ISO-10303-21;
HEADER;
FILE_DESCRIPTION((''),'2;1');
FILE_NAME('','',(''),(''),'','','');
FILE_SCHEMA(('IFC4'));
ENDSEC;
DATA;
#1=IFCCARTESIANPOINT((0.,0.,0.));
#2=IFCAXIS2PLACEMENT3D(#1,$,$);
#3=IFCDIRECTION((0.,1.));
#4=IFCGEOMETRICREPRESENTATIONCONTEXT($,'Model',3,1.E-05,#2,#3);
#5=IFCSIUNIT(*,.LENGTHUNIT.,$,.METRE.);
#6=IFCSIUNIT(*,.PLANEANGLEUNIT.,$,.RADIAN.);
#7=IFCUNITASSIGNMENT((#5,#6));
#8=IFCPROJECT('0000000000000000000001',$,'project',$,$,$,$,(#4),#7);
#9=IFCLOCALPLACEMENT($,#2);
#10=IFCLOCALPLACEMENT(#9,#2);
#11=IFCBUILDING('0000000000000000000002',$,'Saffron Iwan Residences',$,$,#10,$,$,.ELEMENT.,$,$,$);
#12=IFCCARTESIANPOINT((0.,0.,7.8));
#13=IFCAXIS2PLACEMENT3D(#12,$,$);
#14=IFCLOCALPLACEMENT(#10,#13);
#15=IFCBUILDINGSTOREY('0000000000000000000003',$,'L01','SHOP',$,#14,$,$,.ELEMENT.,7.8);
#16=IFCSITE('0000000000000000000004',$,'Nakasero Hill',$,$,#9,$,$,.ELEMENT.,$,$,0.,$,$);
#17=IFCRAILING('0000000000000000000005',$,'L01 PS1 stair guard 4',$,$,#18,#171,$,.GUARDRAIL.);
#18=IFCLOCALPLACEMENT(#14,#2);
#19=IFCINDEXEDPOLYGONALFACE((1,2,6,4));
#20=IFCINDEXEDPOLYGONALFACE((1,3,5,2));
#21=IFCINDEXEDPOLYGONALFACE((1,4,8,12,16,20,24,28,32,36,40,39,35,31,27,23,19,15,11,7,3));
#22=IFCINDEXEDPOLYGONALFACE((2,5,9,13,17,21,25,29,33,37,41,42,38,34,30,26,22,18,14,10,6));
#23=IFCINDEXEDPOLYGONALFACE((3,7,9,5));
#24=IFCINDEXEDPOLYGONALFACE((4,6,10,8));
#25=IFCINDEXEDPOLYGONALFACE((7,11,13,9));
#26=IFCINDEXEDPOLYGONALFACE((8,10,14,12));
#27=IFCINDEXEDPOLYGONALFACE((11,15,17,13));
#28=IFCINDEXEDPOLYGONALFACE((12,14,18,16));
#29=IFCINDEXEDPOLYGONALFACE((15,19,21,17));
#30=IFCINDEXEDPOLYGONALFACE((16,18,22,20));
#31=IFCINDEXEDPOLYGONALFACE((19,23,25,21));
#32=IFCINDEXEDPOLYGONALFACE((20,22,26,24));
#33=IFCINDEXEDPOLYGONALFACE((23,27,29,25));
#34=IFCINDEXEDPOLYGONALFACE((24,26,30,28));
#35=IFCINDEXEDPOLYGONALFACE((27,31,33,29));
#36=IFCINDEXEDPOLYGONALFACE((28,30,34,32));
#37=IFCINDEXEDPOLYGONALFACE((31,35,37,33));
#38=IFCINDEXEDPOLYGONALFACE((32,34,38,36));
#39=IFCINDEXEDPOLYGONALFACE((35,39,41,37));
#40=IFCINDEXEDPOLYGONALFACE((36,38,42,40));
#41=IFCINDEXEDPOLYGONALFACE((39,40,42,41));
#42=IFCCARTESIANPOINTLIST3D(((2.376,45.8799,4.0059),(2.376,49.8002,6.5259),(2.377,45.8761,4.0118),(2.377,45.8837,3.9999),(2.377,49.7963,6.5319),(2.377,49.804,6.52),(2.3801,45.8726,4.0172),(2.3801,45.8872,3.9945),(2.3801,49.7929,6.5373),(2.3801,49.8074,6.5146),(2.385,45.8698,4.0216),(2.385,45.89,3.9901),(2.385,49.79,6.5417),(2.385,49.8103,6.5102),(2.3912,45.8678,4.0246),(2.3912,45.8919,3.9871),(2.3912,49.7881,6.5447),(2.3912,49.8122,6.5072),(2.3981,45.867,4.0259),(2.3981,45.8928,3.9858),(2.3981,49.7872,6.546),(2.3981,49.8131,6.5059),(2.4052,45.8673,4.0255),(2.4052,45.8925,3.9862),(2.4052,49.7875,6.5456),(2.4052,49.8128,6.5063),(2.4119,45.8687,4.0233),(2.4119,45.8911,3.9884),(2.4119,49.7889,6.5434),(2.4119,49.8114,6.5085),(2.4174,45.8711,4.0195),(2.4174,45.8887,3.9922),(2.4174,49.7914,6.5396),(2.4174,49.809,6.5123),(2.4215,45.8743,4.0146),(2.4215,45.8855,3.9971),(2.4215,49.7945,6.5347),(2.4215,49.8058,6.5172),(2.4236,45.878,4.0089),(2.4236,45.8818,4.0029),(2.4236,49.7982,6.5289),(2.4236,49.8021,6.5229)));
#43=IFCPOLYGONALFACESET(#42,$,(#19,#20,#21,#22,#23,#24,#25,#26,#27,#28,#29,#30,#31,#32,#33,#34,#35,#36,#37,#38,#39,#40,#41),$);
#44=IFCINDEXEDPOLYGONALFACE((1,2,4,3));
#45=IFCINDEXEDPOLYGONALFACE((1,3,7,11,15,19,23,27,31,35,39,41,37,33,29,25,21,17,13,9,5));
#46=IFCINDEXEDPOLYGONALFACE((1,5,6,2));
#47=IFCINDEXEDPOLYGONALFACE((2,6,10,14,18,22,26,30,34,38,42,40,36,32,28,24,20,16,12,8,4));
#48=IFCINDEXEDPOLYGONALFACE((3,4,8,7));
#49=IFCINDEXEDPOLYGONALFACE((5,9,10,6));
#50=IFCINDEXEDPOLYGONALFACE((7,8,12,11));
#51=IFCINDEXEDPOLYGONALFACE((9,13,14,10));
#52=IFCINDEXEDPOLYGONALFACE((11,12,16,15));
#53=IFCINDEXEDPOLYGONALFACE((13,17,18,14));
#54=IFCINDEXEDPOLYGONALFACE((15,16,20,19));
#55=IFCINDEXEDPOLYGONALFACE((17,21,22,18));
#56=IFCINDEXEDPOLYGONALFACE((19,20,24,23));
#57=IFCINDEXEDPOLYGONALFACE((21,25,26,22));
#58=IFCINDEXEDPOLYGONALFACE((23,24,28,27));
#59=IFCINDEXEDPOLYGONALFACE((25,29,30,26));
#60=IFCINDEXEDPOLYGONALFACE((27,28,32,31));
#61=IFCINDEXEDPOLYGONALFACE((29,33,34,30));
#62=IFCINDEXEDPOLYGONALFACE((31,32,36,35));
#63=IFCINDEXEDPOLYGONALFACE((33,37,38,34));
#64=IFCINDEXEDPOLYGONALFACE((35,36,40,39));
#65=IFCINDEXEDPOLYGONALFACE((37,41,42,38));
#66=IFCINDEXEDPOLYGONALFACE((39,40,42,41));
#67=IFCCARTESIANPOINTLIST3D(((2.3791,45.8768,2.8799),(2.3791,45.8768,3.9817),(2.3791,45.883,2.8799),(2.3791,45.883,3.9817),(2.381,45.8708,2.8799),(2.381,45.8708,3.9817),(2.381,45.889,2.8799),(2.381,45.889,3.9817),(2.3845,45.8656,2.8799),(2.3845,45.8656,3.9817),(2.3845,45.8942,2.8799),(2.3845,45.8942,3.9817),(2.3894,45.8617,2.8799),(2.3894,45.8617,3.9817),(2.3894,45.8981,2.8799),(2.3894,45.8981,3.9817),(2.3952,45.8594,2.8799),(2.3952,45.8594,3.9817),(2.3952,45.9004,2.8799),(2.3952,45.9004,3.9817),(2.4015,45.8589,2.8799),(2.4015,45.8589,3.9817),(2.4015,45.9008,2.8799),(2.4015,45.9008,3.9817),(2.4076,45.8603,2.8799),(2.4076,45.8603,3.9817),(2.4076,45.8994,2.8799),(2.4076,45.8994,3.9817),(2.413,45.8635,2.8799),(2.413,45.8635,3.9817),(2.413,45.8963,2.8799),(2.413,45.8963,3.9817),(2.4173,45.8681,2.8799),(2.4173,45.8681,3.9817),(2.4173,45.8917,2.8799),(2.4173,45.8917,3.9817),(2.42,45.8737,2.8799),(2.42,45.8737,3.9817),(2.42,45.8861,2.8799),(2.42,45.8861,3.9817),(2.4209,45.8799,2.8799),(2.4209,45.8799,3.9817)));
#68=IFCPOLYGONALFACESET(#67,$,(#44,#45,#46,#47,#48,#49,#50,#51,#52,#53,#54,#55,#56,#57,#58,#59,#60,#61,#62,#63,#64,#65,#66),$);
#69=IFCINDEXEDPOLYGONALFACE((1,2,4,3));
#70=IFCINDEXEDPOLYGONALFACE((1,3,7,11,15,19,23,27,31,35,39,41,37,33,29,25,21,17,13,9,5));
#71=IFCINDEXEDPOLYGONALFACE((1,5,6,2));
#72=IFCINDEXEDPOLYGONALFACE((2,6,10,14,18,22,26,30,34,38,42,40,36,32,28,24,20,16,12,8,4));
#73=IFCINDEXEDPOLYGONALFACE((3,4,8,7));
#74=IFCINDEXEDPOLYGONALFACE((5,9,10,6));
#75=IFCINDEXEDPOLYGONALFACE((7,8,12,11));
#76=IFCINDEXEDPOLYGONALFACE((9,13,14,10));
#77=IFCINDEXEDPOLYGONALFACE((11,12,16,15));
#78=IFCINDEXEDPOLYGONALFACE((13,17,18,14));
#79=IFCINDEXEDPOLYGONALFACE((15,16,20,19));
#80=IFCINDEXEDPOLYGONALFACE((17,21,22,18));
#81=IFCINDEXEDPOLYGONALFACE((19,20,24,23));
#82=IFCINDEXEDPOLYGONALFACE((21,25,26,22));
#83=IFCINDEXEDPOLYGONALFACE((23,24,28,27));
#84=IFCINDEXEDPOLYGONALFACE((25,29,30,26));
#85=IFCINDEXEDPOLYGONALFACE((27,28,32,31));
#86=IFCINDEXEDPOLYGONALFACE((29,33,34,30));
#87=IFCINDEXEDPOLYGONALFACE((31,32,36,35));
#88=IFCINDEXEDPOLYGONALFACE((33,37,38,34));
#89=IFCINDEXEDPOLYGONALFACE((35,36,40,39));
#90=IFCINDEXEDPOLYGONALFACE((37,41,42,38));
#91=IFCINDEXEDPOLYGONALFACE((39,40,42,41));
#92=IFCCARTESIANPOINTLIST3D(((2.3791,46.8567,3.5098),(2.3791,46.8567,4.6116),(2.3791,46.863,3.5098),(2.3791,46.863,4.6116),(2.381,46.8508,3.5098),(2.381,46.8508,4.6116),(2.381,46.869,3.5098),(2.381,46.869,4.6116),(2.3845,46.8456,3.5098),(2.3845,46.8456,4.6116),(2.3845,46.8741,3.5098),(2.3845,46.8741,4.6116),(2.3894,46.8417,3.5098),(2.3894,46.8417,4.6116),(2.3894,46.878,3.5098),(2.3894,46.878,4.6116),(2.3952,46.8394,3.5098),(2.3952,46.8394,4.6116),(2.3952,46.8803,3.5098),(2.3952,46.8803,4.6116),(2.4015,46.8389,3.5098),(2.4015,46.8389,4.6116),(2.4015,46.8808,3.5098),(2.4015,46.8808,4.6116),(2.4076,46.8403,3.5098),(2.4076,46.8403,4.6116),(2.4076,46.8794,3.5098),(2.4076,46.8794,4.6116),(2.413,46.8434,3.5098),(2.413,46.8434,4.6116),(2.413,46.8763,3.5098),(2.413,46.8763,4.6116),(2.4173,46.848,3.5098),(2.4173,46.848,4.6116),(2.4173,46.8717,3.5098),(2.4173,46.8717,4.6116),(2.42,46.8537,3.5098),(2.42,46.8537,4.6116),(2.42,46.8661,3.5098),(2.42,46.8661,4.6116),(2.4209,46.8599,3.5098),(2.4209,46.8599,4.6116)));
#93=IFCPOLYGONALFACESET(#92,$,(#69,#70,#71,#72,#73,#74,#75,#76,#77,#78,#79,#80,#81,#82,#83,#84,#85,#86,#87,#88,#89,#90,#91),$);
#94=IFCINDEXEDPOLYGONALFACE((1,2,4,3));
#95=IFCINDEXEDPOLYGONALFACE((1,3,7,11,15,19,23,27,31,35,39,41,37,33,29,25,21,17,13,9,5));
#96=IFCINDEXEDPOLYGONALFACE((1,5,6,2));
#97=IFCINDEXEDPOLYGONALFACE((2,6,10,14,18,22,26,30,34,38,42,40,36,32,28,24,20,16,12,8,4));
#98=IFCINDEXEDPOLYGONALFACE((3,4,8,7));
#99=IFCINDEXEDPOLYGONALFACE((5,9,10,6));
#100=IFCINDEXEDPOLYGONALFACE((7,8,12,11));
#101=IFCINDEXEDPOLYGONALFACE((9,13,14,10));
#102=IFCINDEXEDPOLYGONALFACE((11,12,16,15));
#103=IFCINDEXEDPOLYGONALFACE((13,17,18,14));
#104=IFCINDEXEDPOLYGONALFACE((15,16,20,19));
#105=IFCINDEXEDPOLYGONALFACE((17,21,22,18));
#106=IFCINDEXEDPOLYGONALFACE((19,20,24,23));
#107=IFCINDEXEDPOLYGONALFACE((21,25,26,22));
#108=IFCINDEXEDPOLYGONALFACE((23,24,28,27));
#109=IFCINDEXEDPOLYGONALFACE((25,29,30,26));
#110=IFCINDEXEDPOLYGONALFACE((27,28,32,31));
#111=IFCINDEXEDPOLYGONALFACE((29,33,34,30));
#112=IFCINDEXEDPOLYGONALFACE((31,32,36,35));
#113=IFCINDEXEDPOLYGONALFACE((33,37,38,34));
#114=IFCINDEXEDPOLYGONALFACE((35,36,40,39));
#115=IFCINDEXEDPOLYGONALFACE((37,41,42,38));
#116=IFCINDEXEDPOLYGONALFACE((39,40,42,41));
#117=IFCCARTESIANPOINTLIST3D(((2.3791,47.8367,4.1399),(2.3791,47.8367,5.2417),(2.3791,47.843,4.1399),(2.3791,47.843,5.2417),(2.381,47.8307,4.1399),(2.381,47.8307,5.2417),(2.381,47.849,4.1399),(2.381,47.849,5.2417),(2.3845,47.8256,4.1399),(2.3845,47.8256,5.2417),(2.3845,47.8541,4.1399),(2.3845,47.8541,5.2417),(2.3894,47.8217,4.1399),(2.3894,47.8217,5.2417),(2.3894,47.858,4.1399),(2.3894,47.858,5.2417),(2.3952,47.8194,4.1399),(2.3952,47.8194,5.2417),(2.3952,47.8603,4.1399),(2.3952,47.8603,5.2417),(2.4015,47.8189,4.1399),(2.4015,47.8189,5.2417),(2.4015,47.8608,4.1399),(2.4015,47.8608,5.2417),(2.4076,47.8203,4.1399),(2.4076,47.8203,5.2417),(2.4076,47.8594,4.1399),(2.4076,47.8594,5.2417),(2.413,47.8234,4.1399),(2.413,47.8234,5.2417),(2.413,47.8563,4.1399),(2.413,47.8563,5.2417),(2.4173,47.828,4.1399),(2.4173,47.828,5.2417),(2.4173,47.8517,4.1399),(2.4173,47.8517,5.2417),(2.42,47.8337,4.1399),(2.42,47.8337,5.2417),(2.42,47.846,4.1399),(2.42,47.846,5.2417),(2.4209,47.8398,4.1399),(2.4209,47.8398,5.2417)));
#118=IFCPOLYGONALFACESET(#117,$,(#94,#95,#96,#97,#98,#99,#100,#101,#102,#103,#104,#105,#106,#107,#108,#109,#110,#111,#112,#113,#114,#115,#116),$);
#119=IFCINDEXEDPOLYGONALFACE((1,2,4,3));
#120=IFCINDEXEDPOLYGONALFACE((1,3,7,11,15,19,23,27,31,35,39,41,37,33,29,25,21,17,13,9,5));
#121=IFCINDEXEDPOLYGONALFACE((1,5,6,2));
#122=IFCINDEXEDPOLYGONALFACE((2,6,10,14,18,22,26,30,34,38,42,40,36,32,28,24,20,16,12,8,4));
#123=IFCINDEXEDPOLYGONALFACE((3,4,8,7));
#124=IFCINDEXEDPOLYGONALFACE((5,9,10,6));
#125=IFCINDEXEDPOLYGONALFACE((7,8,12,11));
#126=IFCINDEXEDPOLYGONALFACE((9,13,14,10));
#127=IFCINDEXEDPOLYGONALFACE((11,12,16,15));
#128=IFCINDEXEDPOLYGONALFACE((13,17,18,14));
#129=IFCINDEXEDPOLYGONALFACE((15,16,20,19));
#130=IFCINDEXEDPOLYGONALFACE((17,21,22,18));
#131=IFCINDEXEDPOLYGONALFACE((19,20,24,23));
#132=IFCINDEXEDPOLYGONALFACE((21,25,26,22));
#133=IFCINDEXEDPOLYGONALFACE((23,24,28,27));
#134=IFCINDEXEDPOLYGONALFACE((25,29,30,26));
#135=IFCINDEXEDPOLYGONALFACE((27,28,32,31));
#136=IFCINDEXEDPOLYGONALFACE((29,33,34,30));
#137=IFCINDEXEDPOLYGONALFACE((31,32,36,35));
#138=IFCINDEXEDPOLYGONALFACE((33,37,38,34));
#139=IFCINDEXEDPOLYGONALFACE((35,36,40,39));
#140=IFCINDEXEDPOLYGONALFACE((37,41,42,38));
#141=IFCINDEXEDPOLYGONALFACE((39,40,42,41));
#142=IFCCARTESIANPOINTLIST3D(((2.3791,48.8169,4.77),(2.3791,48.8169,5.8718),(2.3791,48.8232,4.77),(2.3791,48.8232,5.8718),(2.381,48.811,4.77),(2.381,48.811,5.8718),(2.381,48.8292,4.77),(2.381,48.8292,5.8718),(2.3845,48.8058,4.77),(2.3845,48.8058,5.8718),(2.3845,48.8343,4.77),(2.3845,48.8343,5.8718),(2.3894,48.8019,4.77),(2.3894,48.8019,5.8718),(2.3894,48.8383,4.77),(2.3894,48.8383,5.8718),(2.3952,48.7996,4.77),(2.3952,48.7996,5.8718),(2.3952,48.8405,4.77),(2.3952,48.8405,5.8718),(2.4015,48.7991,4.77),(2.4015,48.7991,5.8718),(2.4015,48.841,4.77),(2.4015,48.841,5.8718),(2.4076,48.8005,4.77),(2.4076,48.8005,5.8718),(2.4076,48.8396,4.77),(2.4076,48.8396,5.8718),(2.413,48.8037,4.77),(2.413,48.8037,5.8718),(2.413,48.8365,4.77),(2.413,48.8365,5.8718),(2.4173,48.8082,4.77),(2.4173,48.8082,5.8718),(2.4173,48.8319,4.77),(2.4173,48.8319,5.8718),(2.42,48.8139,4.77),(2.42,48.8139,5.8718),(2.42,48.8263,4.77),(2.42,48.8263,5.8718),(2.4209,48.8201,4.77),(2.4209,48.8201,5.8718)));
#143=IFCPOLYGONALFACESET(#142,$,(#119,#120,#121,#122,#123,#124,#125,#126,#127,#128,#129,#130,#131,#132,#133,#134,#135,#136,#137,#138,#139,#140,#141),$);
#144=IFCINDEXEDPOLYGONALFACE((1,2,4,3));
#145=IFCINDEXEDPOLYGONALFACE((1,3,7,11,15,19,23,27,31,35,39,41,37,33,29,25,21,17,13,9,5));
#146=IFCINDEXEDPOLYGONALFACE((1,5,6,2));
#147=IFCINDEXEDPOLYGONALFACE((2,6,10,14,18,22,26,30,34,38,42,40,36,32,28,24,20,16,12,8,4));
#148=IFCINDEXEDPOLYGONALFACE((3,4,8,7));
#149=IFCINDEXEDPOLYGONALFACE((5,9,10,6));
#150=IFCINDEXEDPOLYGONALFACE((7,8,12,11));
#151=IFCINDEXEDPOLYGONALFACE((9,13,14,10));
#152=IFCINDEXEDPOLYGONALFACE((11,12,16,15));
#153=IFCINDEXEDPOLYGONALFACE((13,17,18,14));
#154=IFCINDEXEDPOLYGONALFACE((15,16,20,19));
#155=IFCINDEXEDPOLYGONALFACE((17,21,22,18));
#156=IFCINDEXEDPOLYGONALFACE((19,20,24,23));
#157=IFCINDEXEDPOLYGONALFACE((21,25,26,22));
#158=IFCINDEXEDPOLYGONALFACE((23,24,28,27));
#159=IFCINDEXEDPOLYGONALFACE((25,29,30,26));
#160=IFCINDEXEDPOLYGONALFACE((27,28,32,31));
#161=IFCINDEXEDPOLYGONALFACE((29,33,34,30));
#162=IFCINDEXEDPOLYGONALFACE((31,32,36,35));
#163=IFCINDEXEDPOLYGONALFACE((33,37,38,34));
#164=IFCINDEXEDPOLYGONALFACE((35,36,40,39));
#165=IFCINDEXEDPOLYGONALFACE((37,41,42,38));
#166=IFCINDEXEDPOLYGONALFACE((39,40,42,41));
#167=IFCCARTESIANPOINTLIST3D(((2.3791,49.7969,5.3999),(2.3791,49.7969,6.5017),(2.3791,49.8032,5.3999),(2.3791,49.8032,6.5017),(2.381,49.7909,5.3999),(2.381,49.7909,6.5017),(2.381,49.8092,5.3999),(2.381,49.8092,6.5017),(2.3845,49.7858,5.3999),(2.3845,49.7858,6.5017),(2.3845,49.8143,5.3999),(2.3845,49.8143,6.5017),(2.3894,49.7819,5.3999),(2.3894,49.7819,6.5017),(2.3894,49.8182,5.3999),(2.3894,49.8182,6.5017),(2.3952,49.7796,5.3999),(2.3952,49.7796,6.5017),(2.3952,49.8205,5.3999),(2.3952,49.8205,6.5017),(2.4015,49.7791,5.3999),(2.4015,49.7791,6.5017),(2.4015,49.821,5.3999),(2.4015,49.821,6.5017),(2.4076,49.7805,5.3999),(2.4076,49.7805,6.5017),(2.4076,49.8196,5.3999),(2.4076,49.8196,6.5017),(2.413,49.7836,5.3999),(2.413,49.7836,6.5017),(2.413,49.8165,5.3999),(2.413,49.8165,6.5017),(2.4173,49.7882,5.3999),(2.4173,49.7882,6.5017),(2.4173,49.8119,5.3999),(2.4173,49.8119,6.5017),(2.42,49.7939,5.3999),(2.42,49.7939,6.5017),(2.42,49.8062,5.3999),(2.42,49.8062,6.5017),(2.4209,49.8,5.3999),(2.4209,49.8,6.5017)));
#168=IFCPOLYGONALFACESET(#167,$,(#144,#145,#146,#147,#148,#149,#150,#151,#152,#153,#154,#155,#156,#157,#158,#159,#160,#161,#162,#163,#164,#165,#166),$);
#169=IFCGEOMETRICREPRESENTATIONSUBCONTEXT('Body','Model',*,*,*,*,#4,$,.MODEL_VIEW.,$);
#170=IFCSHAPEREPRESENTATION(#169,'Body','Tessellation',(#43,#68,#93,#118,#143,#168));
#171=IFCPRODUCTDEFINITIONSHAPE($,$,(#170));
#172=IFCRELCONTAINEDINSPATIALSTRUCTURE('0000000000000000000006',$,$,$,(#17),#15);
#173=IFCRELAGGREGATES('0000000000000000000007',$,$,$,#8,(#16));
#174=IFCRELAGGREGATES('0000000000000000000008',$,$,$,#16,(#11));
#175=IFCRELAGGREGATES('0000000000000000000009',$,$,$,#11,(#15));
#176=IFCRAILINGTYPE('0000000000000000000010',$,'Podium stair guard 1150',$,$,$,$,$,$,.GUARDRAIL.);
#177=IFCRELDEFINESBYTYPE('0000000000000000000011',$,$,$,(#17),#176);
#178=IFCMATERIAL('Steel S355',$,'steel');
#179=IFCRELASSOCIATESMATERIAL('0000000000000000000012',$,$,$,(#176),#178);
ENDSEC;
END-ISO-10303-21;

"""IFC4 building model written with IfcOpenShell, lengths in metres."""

from ifc_helpers import new_model, si_unit, direction, frame, origin, origin_2d, place, context, subcontext, project, spatial, circle, extrude, material, type_object, element, save


model = new_model("IFC4")

# Units and contexts
model_context = context("Model", 3, precision=1e-05, world=origin(), true_north=direction((0.0, 1.0)))
body_context = subcontext(model_context, "Body", "Model", "MODEL_VIEW")
ifc_project = project(units=[si_unit("LENGTHUNIT", "METRE"), si_unit("PLANEANGLEUNIT", "RADIAN")], contexts=[model_context])

# Site, building, storey
site_placement = place(None, origin())
site = spatial("IfcSite", under=ifc_project, at=site_placement, Name="Nakasero Hill", CompositionType="ELEMENT", RefElevation=0.0)
building_placement = place(site_placement, origin())
building = spatial("IfcBuilding", under=site, at=building_placement, Name="Saffron Iwan Residences", CompositionType="ELEMENT")
storey_placement = place(building_placement, frame((0.0, 0.0, 7.8)))
storey = spatial("IfcBuildingStorey", under=building, at=storey_placement, Name="L01", Description="SHOP", CompositionType="ELEMENT", Elevation=7.8)

# Railing
ifc_material_1 = material(Name="Steel S355", Category="steel")
railing_type_1 = type_object("IfcRailingType", Name="Podium stair guard 1150", PredefinedType="GUARDRAIL", material=ifc_material_1)
railing_1_placement = place(storey_placement, frame((2.3999, 45.8799, 2.8799)))
element("IfcRailing", 1, at=railing_1_placement, inside=storey, type_object=railing_type_1, Name="L01 PS1 stair guard 4", PredefinedType="GUARDRAIL", context=body_context, shape_type="SweptSolid", body=[
    extrude(circle(Radius=0.0239, at=origin_2d()), frame((0.0, 0.0, 1.126), z_axis=(0.0, 0.841187, 0.540744), x_axis=(-1.0, 0.0, 0.0)), (0.0, 0.0, 1.0), 4.6604),
    extrude(circle(Radius=0.021, at=origin_2d()), origin(), (0.0, 0.0, 1.0), 1.1018),
    extrude(circle(Radius=0.021, at=origin_2d()), frame((0.0, 0.98, 0.6299)), (0.0, 0.0, 1.0), 1.1018),
    extrude(circle(Radius=0.021, at=origin_2d()), frame((0.0, 1.96, 1.26)), (0.0, 0.0, 1.0), 1.1018),
    extrude(circle(Radius=0.021, at=origin_2d()), frame((0.0, 2.9402, 1.8901)), (0.0, 0.0, 1.0), 1.1018),
    extrude(circle(Radius=0.021, at=origin_2d()), frame((0.0, 3.9202, 2.52)), (0.0, 0.0, 1.0), 1.1018),
])

save(model, "model.ifc")
